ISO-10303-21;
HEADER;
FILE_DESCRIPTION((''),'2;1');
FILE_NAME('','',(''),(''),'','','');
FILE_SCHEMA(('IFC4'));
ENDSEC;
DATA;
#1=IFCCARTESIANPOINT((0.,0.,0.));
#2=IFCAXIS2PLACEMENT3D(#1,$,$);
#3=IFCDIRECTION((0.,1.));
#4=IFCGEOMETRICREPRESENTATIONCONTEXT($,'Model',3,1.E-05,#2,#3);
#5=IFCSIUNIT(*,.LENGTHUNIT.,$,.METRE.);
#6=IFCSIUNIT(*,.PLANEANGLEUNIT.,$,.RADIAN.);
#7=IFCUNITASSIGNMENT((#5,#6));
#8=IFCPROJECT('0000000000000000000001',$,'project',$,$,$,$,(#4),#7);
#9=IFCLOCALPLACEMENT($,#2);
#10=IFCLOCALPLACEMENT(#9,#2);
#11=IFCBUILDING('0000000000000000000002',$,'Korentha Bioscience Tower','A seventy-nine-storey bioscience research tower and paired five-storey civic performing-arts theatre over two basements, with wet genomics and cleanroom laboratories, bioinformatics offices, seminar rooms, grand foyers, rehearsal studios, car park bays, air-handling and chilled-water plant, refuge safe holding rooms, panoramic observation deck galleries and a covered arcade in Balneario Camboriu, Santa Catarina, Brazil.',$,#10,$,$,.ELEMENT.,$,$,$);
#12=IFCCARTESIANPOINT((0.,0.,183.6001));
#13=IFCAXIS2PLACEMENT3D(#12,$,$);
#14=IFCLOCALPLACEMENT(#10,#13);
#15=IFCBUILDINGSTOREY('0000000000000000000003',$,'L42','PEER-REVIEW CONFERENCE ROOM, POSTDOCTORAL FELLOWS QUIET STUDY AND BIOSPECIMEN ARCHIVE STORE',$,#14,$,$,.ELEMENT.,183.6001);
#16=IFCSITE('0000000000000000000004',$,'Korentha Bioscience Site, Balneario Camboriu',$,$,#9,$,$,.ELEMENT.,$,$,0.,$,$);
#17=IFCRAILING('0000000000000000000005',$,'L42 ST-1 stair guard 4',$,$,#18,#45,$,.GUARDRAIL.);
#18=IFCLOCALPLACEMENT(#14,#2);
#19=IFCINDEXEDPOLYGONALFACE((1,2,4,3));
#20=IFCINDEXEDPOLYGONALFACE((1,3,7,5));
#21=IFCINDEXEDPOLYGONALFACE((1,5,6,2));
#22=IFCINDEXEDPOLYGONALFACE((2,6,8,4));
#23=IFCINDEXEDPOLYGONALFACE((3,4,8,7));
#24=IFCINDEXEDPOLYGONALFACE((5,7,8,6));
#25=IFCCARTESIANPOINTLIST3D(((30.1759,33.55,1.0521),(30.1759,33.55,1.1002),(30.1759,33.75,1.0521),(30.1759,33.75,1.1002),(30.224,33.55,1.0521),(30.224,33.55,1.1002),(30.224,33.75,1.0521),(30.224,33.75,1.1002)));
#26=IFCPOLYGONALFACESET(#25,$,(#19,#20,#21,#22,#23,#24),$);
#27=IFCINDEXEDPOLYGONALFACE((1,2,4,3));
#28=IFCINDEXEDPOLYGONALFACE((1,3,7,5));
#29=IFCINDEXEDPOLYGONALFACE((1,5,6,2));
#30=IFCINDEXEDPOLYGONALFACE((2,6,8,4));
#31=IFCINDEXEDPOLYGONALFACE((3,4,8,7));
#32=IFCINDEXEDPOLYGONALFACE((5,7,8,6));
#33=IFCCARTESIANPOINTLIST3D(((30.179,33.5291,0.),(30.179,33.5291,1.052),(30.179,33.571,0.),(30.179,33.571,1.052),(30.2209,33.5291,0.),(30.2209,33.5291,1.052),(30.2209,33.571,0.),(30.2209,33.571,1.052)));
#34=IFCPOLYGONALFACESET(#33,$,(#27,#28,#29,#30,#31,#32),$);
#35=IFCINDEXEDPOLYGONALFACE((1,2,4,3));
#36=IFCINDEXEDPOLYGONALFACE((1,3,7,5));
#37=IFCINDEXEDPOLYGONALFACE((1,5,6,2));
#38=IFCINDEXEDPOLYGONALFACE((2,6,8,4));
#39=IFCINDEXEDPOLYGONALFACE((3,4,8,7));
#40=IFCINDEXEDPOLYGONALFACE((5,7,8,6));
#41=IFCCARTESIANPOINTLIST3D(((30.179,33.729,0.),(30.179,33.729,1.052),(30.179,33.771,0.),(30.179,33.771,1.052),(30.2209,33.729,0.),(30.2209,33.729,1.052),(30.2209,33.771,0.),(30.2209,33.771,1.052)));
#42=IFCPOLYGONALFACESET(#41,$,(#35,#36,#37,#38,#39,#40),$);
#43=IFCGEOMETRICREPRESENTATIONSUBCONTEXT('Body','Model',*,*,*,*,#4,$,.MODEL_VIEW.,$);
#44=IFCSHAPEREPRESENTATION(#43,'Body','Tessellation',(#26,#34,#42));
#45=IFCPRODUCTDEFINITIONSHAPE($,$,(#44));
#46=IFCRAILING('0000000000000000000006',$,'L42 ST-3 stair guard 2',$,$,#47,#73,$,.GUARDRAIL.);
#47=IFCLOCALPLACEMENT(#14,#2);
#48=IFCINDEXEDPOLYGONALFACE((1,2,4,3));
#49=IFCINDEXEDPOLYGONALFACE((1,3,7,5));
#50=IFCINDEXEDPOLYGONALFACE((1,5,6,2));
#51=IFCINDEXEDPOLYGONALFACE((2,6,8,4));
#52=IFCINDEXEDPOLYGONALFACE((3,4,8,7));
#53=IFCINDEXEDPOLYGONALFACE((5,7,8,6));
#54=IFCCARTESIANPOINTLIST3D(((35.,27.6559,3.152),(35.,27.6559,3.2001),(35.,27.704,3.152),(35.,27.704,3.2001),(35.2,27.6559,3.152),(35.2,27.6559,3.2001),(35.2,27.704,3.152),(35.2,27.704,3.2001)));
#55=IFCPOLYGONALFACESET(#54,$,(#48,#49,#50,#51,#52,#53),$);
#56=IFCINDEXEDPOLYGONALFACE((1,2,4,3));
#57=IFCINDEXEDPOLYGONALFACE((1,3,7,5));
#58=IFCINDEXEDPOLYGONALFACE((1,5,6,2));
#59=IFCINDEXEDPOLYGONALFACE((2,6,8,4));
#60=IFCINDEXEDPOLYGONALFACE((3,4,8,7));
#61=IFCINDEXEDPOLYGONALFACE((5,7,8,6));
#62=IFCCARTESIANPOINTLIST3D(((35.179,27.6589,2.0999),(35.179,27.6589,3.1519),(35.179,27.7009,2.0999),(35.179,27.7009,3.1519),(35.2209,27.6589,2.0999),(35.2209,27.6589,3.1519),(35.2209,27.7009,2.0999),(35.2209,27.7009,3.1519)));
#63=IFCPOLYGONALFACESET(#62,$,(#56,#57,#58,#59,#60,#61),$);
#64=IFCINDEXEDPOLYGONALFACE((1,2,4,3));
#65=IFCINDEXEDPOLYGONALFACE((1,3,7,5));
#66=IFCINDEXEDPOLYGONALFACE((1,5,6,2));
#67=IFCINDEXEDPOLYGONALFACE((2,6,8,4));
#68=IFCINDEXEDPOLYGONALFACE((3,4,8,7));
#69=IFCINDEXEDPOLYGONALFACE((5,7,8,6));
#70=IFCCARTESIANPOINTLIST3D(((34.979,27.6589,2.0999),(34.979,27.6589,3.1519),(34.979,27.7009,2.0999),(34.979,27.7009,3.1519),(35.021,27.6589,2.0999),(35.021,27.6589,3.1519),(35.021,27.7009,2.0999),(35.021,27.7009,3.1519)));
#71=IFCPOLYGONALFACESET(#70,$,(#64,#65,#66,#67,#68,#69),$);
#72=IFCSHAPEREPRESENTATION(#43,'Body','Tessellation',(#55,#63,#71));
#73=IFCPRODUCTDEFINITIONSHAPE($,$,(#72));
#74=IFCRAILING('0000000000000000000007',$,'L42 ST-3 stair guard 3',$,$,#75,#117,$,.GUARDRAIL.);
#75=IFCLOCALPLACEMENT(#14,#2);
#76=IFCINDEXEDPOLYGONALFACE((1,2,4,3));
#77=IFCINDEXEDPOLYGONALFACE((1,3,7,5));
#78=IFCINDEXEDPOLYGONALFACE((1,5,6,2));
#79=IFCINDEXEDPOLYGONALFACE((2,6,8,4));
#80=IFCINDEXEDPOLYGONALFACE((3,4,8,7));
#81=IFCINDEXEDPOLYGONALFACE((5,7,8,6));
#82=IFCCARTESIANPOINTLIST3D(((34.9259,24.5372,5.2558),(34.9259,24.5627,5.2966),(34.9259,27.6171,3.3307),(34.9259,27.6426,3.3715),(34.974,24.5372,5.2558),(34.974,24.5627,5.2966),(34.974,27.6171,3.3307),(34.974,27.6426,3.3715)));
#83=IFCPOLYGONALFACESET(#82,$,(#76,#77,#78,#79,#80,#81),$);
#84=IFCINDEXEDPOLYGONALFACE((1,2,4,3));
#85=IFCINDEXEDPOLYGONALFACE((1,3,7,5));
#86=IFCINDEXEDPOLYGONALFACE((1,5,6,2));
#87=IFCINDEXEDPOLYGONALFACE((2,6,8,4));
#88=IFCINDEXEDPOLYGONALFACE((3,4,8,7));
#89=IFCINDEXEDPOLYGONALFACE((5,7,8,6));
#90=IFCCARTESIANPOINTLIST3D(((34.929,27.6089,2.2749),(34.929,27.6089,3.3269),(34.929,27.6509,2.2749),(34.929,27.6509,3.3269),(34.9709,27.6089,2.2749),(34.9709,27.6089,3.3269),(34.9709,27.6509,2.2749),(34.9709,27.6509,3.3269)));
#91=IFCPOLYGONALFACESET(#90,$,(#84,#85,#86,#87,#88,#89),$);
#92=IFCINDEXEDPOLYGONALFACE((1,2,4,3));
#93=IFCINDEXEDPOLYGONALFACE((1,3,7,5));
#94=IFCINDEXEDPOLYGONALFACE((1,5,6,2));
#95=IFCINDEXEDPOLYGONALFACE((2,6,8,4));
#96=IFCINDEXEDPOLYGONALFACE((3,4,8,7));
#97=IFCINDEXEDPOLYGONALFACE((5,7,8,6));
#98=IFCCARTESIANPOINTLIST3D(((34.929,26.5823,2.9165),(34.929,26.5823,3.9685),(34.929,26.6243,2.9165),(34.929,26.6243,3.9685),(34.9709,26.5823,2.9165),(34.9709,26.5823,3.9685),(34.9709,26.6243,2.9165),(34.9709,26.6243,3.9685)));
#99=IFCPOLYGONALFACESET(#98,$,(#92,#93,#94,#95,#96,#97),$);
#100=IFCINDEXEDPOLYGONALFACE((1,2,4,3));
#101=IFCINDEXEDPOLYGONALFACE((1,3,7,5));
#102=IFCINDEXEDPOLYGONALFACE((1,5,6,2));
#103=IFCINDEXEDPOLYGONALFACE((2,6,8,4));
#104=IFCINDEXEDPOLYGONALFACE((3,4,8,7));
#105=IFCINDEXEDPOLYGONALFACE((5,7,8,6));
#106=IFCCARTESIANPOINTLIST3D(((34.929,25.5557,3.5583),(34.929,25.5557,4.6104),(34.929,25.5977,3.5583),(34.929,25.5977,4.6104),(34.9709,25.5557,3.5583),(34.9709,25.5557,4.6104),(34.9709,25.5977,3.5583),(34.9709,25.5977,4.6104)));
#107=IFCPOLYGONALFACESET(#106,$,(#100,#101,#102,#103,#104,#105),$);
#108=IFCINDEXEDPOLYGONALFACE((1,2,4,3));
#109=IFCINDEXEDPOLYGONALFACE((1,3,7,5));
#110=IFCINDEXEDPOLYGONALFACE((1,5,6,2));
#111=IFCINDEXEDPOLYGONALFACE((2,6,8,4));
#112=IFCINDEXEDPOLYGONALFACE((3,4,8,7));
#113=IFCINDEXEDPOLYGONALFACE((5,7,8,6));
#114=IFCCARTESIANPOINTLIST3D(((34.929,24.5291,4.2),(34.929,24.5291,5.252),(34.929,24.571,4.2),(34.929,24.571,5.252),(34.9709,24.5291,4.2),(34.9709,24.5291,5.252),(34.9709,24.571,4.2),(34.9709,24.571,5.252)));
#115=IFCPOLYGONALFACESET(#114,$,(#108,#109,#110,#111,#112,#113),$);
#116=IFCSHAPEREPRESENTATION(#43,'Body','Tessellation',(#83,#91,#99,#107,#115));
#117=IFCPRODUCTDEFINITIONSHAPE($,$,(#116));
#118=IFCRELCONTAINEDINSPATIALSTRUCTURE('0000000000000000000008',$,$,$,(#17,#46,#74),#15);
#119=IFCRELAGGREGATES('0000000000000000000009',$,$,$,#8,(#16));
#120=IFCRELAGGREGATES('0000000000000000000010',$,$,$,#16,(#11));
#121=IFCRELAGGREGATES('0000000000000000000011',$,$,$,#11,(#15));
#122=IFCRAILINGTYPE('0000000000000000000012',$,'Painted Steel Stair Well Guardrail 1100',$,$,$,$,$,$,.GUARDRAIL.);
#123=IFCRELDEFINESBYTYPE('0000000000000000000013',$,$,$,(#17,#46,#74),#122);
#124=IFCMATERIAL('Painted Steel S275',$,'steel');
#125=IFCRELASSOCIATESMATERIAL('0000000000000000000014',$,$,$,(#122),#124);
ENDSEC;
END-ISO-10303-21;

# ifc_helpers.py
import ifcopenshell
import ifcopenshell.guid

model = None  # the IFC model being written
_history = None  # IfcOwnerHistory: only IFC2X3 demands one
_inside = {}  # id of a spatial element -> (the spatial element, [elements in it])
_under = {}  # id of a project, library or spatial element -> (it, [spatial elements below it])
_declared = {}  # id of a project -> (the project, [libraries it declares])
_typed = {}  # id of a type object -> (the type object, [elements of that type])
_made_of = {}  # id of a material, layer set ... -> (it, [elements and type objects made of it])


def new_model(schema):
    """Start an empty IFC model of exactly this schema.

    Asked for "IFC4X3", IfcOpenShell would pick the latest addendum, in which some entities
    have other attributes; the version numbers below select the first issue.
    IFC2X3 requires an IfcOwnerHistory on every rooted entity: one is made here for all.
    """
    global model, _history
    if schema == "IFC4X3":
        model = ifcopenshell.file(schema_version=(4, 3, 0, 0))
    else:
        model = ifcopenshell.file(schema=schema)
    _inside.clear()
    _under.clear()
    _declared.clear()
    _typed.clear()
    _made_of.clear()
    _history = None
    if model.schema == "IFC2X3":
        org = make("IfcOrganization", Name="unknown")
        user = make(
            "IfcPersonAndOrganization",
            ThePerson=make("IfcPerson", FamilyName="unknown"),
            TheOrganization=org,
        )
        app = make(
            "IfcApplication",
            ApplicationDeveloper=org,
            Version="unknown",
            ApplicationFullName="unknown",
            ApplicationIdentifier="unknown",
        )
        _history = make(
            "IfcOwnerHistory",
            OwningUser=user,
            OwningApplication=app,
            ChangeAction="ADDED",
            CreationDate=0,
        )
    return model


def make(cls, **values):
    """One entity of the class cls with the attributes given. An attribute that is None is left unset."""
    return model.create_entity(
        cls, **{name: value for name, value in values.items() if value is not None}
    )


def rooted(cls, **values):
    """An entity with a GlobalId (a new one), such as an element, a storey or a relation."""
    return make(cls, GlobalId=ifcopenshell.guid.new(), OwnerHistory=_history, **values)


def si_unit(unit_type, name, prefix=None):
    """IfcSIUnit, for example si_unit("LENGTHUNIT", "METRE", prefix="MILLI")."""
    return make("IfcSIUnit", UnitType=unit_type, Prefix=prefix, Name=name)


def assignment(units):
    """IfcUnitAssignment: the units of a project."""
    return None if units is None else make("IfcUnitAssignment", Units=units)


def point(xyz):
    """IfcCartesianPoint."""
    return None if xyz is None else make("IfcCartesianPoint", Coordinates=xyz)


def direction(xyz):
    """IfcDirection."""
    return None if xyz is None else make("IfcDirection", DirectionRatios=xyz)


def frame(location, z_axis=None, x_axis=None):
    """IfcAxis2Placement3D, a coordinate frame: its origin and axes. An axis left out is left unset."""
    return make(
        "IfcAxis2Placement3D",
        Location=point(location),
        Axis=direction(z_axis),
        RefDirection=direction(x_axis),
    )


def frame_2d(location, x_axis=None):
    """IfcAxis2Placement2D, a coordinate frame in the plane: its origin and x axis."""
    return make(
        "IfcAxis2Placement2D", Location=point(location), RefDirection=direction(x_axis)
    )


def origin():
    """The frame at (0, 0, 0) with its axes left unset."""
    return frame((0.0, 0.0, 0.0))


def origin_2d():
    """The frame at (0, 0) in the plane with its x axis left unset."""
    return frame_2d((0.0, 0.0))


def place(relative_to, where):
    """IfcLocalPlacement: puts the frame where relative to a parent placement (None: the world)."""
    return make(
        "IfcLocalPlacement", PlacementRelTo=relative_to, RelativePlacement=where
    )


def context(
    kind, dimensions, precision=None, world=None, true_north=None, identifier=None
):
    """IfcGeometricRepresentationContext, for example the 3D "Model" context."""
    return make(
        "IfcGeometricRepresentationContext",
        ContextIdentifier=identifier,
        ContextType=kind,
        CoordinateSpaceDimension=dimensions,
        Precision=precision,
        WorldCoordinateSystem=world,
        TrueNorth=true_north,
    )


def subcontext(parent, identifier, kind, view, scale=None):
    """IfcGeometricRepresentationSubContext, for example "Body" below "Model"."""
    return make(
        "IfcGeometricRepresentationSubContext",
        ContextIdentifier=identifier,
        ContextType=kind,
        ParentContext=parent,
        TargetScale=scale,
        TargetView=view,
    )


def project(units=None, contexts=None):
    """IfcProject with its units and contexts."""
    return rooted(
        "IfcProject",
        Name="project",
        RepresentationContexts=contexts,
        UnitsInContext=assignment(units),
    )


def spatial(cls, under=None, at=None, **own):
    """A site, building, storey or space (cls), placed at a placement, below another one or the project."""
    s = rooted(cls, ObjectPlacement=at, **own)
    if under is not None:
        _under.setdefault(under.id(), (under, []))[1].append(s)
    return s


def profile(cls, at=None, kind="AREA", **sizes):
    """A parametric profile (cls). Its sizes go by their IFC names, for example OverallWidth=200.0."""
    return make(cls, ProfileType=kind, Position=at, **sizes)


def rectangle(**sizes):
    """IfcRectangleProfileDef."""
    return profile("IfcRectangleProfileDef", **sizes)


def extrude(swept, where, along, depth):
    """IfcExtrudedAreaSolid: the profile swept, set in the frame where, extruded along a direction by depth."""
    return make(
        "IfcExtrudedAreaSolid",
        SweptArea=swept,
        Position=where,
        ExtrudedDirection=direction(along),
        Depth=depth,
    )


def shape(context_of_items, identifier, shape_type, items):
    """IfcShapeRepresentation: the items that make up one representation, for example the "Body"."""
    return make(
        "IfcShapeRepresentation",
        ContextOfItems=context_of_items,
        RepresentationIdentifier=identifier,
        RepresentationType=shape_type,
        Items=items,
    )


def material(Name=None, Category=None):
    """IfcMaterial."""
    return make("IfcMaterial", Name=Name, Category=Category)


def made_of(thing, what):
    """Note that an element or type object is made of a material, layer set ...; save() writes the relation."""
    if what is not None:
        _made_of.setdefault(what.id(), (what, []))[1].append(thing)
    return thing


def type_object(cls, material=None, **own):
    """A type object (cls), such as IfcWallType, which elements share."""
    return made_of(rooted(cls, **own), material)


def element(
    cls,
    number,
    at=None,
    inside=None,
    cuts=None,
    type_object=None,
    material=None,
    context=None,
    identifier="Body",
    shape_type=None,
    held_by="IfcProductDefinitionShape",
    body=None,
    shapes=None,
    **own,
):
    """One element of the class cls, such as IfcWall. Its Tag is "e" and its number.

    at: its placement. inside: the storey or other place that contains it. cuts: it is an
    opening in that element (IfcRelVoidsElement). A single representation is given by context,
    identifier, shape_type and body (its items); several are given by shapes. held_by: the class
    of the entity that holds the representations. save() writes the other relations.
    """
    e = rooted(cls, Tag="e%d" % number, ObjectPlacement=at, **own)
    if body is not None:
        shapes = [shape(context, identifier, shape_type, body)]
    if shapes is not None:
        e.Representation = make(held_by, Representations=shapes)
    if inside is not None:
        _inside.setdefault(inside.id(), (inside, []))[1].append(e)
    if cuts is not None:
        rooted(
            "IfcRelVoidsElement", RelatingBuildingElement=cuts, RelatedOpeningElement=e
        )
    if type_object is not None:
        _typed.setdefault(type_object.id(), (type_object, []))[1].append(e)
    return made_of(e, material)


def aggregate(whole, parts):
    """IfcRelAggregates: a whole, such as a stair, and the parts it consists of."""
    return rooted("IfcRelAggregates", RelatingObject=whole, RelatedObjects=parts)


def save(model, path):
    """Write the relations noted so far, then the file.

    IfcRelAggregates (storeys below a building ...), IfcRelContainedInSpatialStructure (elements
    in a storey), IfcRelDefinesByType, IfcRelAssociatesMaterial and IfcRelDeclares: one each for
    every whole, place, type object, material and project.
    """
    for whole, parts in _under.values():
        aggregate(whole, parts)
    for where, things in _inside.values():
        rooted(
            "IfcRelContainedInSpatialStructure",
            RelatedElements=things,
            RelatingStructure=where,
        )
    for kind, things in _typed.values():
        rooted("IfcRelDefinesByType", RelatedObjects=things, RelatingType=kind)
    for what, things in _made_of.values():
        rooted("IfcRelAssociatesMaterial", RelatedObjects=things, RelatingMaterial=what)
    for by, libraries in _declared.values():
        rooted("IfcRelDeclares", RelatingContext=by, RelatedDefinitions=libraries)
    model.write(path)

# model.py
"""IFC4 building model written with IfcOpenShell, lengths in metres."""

from ifc_helpers import new_model, si_unit, direction, frame, origin, origin_2d, place, context, subcontext, project, spatial, rectangle, extrude, material, type_object, element, save


model = new_model("IFC4")

# Units and contexts
model_context = context("Model", 3, precision=1e-05, world=origin(), true_north=direction((0.0, 1.0)))
body_context = subcontext(model_context, "Body", "Model", "MODEL_VIEW")
ifc_project = project(units=[si_unit("LENGTHUNIT", "METRE"), si_unit("PLANEANGLEUNIT", "RADIAN")], contexts=[model_context])

# Site, building, storey
site_placement = place(None, origin())
site = spatial("IfcSite", under=ifc_project, at=site_placement, Name="Korentha Bioscience Site, Balneario Camboriu", CompositionType="ELEMENT", RefElevation=0.0)
building_placement = place(site_placement, origin())
building = spatial("IfcBuilding", under=site, at=building_placement, Name="Korentha Bioscience Tower", Description="A seventy-nine-storey bioscience research tower and paired five-storey civic performing-arts theatre over two basements, with wet genomics and cleanroom laboratories, bioinformatics offices, seminar rooms, grand foyers, rehearsal studios, car park bays, air-handling and chilled-water plant, refuge safe holding rooms, panoramic observation deck galleries and a covered arcade in Balneario Camboriu, Santa Catarina, Brazil.", CompositionType="ELEMENT")
storey_placement = place(building_placement, frame((0.0, 0.0, 183.6001)))
storey = spatial("IfcBuildingStorey", under=building, at=storey_placement, Name="L42", Description="PEER-REVIEW CONFERENCE ROOM, POSTDOCTORAL FELLOWS QUIET STUDY AND BIOSPECIMEN ARCHIVE STORE", CompositionType="ELEMENT", Elevation=183.6001)

# Railings
ifc_material_1 = material(Name="Painted Steel S275", Category="steel")
railing_type_1 = type_object("IfcRailingType", Name="Painted Steel Stair Well Guardrail 1100", PredefinedType="GUARDRAIL", material=ifc_material_1)
railing_1_placement = place(storey_placement, frame((30.2, 33.55, 0.0)))
element("IfcRailing", 1, at=railing_1_placement, inside=storey, type_object=railing_type_1, Name="L42 ST-1 stair guard 4", PredefinedType="GUARDRAIL", context=body_context, shape_type="SweptSolid", body=[
    extrude(rectangle(XDim=0.0481, YDim=0.0481, at=origin_2d()), frame((0.0, 0.0, 1.0762), z_axis=(0.0, 1.0, 0.0), x_axis=(-1.0, 0.0, 0.0)), (0.0, 0.0, 1.0), 0.2),
    extrude(rectangle(XDim=0.042, YDim=0.042, at=origin_2d()), origin(), (0.0, 0.0, 1.0), 1.052),
    extrude(rectangle(XDim=0.042, YDim=0.042, at=origin_2d()), frame((0.0, 0.2, 0.0)), (0.0, 0.0, 1.0), 1.052),
])
railing_2_placement = place(storey_placement, frame((35.2, 27.6799, 2.0999)))
element("IfcRailing", 2, at=railing_2_placement, inside=storey, type_object=railing_type_1, Name="L42 ST-3 stair guard 2", PredefinedType="GUARDRAIL", context=body_context, shape_type="SweptSolid", body=[
    extrude(rectangle(XDim=0.0481, YDim=0.0481, at=origin_2d()), frame((0.0, 0.0, 1.0762), z_axis=(-1.0, 0.0, 0.0), x_axis=(0.0, -1.0, 0.0)), (0.0, 0.0, 1.0), 0.2),
    extrude(rectangle(XDim=0.042, YDim=0.042, at=origin_2d()), origin(), (0.0, 0.0, 1.0), 1.052),
    extrude(rectangle(XDim=0.042, YDim=0.042, at=origin_2d()), frame((-0.2, 0.0, 0.0)), (0.0, 0.0, 1.0), 1.052),
])
railing_3_placement = place(storey_placement, frame((34.95, 27.6299, 2.2749)))
element("IfcRailing", 3, at=railing_3_placement, inside=storey, type_object=railing_type_1, Name="L42 ST-3 stair guard 3", PredefinedType="GUARDRAIL", context=body_context, shape_type="SweptSolid", body=[
    extrude(rectangle(XDim=0.0481, YDim=0.0481, at=origin_2d()), frame((0.0, 0.0, 1.0762), z_axis=(0.0, -0.847979, 0.530029), x_axis=(1.0, 0.0, 0.0)), (0.0, 0.0, 1.0), 3.6321),
    extrude(rectangle(XDim=0.042, YDim=0.042, at=origin_2d()), origin(), (0.0, 0.0, 1.0), 1.052),
    extrude(rectangle(XDim=0.042, YDim=0.042, at=origin_2d()), frame((0.0, -1.0266, 0.6416)), (0.0, 0.0, 1.0), 1.052),
    extrude(rectangle(XDim=0.042, YDim=0.042, at=origin_2d()), frame((0.0, -2.0532, 1.2834)), (0.0, 0.0, 1.0), 1.052),
    extrude(rectangle(XDim=0.042, YDim=0.042, at=origin_2d()), frame((0.0, -3.0798, 1.925)), (0.0, 0.0, 1.0), 1.052),
])

save(model, "model.ifc")
